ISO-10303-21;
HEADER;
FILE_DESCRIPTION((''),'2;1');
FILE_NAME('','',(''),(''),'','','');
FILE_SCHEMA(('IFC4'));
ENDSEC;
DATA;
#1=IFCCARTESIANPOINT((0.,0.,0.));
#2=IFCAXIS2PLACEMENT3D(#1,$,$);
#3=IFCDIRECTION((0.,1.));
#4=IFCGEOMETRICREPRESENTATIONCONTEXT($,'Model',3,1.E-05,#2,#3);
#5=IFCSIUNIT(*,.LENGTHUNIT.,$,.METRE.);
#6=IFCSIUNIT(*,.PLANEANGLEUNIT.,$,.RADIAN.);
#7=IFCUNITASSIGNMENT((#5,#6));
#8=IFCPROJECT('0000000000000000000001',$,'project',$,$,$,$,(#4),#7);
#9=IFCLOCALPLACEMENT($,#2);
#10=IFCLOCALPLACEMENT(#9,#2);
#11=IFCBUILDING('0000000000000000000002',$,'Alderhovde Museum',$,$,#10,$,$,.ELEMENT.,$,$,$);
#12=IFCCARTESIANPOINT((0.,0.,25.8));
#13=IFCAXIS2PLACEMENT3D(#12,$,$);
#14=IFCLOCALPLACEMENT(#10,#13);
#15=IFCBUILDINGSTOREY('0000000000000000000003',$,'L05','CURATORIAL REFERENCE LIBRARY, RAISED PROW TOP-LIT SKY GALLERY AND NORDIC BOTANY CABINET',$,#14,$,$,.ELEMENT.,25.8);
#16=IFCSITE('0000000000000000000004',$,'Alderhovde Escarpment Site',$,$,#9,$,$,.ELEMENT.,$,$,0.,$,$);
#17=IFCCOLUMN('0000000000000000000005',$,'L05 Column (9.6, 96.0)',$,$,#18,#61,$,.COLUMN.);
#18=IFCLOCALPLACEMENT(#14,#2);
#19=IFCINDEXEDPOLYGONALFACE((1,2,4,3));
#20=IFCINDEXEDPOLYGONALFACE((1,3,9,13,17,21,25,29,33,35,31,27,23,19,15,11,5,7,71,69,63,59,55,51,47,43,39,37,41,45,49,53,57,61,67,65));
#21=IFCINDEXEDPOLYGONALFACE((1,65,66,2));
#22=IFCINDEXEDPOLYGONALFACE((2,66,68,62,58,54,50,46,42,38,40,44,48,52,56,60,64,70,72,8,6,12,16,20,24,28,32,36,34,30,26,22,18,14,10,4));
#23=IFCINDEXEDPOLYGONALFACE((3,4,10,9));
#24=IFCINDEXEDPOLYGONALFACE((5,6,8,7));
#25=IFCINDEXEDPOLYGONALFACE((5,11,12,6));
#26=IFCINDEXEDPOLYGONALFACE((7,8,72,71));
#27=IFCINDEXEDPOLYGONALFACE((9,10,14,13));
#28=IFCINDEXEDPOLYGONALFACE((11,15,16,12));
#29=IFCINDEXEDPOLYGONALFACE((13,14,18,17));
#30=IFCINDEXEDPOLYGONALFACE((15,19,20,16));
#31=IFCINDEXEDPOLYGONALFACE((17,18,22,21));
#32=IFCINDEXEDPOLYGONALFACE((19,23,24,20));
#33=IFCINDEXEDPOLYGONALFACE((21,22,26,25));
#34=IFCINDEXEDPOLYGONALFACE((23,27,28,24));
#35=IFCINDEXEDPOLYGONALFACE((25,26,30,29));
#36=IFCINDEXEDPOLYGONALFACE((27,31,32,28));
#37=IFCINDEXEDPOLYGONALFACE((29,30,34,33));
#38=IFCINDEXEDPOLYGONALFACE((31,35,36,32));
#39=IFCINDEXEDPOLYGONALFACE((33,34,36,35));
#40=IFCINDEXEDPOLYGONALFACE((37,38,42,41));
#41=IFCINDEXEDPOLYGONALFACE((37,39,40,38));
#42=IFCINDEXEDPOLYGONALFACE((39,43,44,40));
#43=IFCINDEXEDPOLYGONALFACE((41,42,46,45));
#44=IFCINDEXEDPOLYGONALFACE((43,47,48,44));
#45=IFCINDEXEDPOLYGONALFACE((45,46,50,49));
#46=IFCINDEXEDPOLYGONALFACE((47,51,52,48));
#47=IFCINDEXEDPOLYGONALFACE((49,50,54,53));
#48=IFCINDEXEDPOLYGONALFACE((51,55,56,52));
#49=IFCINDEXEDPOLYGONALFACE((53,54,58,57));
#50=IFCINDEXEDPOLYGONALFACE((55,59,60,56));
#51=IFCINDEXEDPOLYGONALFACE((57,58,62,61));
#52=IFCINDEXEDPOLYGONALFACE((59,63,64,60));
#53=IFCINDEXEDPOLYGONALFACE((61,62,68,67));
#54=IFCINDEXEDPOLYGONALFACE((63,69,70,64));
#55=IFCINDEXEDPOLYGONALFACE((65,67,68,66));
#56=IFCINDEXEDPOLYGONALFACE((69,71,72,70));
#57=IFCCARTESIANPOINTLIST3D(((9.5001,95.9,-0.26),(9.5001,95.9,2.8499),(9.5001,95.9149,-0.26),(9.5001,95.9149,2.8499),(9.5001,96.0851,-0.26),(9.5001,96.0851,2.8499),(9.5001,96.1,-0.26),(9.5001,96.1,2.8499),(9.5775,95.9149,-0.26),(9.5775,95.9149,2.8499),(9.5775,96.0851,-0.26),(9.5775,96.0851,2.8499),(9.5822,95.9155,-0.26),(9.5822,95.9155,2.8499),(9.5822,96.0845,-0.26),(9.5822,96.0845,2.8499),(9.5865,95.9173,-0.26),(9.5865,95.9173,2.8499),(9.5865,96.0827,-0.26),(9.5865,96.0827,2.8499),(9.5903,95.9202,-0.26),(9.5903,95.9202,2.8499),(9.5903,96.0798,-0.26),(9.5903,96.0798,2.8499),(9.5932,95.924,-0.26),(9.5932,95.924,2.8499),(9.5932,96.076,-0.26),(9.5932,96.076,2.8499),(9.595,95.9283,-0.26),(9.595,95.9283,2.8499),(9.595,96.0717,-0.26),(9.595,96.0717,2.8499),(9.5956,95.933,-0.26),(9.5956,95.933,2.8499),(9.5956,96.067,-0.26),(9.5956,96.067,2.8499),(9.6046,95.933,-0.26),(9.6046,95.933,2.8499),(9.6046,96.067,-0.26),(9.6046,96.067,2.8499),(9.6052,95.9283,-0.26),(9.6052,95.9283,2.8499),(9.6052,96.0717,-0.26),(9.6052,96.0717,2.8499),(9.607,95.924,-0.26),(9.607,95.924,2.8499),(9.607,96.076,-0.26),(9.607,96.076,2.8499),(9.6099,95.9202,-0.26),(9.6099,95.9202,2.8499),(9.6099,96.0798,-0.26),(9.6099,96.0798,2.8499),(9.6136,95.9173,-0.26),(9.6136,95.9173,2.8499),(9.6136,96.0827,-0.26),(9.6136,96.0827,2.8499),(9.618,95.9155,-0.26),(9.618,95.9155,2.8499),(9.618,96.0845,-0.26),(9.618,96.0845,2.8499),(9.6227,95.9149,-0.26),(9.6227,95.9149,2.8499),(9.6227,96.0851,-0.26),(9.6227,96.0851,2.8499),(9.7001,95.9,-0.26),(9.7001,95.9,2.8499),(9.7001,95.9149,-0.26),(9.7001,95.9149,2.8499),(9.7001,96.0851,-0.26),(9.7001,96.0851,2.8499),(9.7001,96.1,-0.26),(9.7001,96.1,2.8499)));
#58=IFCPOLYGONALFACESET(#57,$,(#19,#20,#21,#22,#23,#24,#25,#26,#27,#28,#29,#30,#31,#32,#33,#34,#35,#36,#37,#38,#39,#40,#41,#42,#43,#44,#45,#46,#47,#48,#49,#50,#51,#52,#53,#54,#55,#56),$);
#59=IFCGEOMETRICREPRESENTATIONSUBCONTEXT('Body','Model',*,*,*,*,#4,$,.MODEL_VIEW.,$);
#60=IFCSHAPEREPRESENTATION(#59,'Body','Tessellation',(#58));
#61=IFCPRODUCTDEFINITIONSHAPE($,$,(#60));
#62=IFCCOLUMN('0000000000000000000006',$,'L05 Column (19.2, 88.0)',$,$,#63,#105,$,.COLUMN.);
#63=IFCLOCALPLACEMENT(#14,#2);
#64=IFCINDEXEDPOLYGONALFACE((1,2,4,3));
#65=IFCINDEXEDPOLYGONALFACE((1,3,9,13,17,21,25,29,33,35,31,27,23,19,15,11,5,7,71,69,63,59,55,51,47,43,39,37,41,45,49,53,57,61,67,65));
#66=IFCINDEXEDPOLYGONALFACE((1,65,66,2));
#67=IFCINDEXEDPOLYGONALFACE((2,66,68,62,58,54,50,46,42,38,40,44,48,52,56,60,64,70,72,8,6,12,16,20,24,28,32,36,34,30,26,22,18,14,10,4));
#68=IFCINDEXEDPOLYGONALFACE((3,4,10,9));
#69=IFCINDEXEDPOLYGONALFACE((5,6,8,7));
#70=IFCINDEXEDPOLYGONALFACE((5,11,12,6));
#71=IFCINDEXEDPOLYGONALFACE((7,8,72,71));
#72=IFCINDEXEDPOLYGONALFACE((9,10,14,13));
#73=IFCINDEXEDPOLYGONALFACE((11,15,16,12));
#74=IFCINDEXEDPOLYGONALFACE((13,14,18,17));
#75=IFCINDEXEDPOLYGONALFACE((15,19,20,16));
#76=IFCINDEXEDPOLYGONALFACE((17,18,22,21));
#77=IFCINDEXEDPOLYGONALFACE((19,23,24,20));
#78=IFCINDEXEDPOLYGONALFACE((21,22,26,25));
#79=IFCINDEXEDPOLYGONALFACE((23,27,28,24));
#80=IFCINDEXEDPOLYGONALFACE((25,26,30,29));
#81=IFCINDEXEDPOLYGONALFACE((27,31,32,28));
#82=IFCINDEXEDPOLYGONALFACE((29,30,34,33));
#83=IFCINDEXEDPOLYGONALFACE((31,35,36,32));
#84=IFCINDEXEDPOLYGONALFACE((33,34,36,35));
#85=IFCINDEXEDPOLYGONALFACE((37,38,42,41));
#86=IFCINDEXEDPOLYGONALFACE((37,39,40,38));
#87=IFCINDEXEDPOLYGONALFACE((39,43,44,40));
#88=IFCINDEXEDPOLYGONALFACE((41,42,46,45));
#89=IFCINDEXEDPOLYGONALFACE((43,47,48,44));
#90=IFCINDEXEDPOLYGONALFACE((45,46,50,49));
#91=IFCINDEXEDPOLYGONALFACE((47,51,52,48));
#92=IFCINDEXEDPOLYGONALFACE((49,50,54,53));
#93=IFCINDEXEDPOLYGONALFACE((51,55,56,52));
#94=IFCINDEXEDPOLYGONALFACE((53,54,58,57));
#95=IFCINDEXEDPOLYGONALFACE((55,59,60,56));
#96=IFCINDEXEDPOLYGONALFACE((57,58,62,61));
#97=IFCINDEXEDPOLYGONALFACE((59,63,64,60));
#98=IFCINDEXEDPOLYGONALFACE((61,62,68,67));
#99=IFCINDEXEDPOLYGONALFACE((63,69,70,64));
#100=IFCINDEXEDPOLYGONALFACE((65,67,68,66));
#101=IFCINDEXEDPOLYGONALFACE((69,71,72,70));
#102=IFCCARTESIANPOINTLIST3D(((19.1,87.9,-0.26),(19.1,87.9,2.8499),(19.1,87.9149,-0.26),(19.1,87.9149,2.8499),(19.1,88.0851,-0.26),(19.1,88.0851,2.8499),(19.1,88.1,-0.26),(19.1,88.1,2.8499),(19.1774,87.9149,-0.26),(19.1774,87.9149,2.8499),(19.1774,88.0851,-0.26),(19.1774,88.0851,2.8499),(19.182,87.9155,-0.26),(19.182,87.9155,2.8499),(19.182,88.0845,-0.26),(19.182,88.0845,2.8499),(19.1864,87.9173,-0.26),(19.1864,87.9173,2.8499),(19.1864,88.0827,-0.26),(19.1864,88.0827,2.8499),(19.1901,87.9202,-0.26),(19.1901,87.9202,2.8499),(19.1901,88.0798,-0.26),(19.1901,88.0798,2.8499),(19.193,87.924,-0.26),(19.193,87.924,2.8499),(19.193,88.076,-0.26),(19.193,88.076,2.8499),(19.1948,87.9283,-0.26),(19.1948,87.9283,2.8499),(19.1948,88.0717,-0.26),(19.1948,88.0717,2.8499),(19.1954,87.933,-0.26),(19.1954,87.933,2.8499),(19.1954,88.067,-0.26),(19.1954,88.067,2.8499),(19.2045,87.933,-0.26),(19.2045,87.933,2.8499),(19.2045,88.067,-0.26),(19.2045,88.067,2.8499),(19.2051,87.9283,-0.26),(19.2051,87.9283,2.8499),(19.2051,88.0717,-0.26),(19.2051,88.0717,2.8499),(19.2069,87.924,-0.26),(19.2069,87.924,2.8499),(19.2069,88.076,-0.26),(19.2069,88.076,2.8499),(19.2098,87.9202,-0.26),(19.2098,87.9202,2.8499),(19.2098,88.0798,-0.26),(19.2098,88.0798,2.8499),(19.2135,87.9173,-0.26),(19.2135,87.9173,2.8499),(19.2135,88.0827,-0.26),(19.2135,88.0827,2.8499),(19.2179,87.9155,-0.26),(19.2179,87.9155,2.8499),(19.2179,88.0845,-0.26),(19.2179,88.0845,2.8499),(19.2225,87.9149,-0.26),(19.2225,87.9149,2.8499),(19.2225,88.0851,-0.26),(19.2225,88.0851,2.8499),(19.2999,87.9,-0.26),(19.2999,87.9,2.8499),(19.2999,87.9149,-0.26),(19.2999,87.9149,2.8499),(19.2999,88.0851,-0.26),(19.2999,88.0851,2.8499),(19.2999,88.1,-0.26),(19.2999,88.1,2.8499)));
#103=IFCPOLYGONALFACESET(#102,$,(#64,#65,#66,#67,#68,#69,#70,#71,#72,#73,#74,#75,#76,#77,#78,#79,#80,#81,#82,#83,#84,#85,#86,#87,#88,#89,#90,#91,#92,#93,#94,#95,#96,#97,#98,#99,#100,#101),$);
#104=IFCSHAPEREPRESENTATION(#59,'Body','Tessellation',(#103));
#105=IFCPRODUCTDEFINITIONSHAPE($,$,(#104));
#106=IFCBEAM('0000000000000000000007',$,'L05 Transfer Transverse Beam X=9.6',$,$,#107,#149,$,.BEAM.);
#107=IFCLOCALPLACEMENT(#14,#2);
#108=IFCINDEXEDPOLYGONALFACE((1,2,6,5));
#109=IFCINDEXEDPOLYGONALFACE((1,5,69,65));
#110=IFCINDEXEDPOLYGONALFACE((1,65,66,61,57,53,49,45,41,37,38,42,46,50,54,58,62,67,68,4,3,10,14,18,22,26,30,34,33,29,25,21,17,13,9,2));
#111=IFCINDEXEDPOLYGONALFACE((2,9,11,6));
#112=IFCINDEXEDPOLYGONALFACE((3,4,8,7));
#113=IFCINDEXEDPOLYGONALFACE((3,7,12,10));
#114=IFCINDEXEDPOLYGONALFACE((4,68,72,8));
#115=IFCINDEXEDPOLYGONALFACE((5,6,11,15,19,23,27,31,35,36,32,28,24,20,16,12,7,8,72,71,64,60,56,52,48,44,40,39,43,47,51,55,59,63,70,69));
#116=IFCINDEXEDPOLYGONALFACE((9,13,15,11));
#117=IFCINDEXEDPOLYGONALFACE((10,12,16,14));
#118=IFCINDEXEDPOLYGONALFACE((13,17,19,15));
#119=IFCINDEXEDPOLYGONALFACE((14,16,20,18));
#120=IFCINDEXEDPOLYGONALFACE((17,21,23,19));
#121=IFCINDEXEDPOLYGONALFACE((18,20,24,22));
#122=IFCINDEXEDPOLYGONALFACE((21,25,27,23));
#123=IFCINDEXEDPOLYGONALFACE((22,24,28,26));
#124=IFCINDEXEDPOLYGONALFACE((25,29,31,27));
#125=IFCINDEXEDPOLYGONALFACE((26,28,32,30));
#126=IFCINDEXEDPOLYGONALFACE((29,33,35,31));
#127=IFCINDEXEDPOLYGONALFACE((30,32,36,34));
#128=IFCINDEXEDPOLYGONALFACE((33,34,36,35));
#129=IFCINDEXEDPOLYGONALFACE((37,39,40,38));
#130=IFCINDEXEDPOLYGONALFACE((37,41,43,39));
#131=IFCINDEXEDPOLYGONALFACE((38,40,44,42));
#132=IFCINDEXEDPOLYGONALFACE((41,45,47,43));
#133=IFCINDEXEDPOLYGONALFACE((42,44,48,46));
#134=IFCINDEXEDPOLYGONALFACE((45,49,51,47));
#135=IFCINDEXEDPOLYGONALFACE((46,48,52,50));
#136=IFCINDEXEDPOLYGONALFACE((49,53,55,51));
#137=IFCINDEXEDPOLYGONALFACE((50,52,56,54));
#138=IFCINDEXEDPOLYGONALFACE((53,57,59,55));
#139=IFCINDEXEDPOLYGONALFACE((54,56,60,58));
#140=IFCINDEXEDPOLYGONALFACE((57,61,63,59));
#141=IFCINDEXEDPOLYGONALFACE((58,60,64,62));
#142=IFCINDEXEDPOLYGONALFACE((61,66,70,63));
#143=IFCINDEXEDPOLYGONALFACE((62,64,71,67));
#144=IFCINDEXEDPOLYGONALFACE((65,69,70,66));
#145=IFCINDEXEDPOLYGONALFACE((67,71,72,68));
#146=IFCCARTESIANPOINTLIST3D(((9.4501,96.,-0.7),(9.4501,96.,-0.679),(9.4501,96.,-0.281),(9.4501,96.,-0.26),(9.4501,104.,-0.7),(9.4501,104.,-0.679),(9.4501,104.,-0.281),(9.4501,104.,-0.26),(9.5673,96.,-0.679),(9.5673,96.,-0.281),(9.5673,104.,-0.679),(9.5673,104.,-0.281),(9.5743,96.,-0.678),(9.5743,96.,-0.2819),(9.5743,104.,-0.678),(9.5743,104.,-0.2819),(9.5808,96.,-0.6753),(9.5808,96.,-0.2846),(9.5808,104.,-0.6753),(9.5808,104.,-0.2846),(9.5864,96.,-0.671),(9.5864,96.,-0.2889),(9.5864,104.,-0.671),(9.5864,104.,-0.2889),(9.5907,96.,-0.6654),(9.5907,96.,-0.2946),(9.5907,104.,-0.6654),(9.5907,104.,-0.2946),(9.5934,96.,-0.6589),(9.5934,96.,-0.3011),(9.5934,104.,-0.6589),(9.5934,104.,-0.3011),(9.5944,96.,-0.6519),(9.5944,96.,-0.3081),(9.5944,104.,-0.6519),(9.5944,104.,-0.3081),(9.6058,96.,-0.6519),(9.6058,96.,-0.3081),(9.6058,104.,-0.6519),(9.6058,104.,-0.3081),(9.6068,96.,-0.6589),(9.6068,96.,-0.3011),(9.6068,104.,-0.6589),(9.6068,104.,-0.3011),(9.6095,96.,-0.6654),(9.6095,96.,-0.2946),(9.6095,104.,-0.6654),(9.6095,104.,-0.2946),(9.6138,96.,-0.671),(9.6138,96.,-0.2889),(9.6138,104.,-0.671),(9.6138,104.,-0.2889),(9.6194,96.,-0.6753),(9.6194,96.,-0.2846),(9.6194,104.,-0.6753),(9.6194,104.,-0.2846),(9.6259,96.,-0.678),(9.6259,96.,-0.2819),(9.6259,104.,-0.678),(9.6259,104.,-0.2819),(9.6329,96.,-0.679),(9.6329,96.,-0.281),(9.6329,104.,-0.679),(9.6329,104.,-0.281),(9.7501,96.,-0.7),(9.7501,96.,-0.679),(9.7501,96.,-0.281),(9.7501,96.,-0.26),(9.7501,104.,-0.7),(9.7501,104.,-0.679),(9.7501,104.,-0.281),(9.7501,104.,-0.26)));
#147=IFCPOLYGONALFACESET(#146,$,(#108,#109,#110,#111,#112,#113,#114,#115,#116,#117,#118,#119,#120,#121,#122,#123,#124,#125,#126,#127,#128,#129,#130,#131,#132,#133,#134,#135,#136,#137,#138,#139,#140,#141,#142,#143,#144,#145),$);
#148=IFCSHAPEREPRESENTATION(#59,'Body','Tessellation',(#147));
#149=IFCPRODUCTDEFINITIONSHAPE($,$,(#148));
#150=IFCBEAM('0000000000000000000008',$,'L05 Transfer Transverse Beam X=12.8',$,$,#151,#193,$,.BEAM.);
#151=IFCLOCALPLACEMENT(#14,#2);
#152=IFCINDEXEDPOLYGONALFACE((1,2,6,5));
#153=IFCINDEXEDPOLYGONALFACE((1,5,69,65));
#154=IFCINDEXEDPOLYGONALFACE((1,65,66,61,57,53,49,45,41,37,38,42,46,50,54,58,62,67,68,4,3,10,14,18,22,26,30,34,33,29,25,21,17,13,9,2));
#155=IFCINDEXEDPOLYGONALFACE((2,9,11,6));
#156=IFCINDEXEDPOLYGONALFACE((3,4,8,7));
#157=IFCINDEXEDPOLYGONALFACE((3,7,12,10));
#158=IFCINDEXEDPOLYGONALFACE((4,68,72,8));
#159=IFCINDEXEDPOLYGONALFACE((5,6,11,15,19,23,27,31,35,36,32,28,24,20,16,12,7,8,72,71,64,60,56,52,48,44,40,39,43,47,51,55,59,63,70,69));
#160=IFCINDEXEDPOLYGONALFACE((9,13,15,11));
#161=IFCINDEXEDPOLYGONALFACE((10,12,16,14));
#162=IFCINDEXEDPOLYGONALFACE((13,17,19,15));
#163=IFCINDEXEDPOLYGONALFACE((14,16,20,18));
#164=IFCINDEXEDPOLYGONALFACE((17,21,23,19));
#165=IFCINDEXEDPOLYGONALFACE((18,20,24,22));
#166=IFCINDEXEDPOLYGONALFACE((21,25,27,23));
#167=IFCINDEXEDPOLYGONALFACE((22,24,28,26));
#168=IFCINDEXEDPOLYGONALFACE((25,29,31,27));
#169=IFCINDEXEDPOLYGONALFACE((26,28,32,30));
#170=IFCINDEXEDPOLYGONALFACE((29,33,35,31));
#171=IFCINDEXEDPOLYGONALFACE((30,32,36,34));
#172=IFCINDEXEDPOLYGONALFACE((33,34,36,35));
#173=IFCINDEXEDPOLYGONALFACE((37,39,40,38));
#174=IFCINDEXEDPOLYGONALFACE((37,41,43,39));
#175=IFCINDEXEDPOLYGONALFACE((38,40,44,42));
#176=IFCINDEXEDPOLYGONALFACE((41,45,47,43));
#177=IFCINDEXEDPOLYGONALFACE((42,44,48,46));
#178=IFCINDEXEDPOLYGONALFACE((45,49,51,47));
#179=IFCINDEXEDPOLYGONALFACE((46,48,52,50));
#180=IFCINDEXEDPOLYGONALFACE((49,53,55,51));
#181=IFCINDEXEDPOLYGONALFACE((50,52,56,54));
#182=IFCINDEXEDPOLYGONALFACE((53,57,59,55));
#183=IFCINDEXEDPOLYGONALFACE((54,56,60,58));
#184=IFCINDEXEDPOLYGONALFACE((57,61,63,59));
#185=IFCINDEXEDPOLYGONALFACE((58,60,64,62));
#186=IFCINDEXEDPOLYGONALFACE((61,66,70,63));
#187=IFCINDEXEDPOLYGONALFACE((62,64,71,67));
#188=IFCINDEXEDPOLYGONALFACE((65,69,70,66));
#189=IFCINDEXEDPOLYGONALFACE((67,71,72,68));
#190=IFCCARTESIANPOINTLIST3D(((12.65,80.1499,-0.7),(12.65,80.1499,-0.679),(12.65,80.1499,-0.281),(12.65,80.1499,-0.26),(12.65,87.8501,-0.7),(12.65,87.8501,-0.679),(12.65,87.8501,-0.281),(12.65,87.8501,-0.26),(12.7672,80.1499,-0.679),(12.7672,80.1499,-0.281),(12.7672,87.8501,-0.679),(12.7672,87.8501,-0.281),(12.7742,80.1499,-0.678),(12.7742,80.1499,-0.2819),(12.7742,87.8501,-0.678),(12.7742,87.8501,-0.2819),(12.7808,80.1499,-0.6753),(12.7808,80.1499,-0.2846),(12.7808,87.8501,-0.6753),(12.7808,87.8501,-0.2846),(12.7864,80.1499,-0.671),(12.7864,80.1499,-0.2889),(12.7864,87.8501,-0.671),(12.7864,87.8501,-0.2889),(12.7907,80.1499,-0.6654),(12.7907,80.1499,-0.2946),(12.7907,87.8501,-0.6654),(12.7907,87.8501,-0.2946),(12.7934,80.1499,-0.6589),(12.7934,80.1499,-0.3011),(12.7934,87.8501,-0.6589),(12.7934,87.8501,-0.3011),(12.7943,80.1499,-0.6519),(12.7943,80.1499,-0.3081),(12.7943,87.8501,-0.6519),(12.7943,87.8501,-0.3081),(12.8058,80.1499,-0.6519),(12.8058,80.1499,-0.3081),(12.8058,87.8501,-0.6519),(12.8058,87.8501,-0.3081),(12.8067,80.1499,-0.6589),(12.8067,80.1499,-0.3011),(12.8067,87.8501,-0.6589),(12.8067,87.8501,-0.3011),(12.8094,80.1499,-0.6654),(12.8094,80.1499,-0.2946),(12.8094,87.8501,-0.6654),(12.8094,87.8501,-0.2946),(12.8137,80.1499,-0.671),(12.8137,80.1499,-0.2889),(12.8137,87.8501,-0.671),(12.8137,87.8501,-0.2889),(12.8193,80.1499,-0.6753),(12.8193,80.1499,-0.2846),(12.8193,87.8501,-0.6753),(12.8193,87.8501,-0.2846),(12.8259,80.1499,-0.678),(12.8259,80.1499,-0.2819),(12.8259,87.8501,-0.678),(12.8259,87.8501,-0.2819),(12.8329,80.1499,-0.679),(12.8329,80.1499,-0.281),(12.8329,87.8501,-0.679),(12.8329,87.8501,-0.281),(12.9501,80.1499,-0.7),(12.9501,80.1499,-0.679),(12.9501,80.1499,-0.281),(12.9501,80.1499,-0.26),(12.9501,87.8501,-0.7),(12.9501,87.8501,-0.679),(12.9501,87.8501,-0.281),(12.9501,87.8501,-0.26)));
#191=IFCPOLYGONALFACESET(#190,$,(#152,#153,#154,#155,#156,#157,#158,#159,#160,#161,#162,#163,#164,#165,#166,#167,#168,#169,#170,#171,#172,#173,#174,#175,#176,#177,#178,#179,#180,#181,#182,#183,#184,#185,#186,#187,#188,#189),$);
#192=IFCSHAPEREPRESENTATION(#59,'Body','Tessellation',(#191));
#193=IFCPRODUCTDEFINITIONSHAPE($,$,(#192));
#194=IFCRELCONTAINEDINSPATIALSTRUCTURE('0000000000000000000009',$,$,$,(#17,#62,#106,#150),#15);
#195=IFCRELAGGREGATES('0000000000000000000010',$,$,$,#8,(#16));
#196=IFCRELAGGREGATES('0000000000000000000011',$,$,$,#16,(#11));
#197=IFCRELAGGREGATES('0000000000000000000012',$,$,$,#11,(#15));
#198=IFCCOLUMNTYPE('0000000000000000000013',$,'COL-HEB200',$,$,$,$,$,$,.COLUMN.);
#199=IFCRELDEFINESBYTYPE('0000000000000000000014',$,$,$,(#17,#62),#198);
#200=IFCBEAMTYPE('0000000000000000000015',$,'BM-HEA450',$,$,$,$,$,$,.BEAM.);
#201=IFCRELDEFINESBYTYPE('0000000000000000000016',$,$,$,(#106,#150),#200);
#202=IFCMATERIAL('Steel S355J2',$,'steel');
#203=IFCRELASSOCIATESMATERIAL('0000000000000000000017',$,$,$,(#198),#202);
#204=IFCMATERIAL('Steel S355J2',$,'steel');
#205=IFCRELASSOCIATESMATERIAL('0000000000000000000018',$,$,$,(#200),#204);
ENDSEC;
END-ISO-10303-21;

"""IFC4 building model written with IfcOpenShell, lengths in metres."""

from ifc_helpers import new_model, si_unit, direction, frame, origin, origin_2d, place, context, subcontext, project, spatial, i_section, extrude, material, material_profile, profile_set, type_object, element, save


model = new_model("IFC4")

# Units and contexts
model_context = context("Model", 3, precision=1e-05, world=origin(), true_north=direction((0.0, 1.0)))
body_context = subcontext(model_context, "Body", "Model", "MODEL_VIEW")
ifc_project = project(units=[si_unit("LENGTHUNIT", "METRE"), si_unit("PLANEANGLEUNIT", "RADIAN")], contexts=[model_context])

# Site, building, storey
site_placement = place(None, origin())
site = spatial("IfcSite", under=ifc_project, at=site_placement, Name="Alderhovde Escarpment Site", CompositionType="ELEMENT", RefElevation=0.0)
building_placement = place(site_placement, origin())
building = spatial("IfcBuilding", under=site, at=building_placement, Name="Alderhovde Museum", CompositionType="ELEMENT")
storey_placement = place(building_placement, frame((0.0, 0.0, 25.8)))
storey = spatial("IfcBuildingStorey", under=building, at=storey_placement, Name="L05", Description="CURATORIAL REFERENCE LIBRARY, RAISED PROW TOP-LIT SKY GALLERY AND NORDIC BOTANY CABINET", CompositionType="ELEMENT", Elevation=25.8)

# Columns
ifc_material_1 = material(Name="Steel S355J2", Category="steel")
ifc_material_profile_1 = material_profile(ifc_material_1, i_section(OverallWidth=0.2, OverallDepth=0.2, WebThickness=0.009, FlangeThickness=0.0149, FilletRadius=0.0181, at=origin_2d()), Name="HEB 200")
ifc_profile_set_1 = profile_set([ifc_material_profile_1], Name="Steel S355J2")
column_type_1 = type_object("IfcColumnType", Name="COL-HEB200", PredefinedType="COLUMN", material=ifc_profile_set_1)
for number, where, z_axis, x_axis, name in (
    (1, (9.6001, 96.0, -0.26), (0.0, 0.0, 1.0), (1.0, 0.0, 0.0), "L05 Column (9.6, 96.0)"),
    (2, (19.2, 88.0, -0.26), (0.0, 0.0, 1.0), (1.0, 0.0, 0.0), "L05 Column (19.2, 88.0)"),
):
    element("IfcColumn", number, at=place(storey_placement, frame(where, z_axis=z_axis, x_axis=x_axis)), inside=storey, type_object=column_type_1, Name=name, PredefinedType="COLUMN", context=body_context, shape_type="SweptSolid", body=[
        extrude(i_section(OverallWidth=0.2, OverallDepth=0.2, WebThickness=0.009, FlangeThickness=0.0149, FilletRadius=0.0181, at=origin_2d()), origin(), (0.0, 0.0, 1.0), 3.1099),
    ])

# Beams
ifc_material_2 = material(Name="Steel S355J2", Category="steel")
ifc_material_profile_2 = material_profile(ifc_material_2, i_section(OverallWidth=0.3, OverallDepth=0.4399, WebThickness=0.0115, FlangeThickness=0.021, FilletRadius=0.0271, at=origin_2d()), Name="HEA 450")
ifc_profile_set_2 = profile_set([ifc_material_profile_2], Name="Steel S355J2")
beam_type = type_object("IfcBeamType", Name="BM-HEA450", PredefinedType="BEAM", material=ifc_profile_set_2)
beam_placement = place(storey_placement, frame((9.6001, 96.0, -0.48), z_axis=(0.0, 1.0, 0.0), x_axis=(-1.0, 0.0, 0.0)))
element("IfcBeam", 3, at=beam_placement, inside=storey, type_object=beam_type, Name="L05 Transfer Transverse Beam X=9.6", PredefinedType="BEAM", context=body_context, shape_type="SweptSolid", body=[
    extrude(i_section(OverallWidth=0.3, OverallDepth=0.4399, WebThickness=0.0115, FlangeThickness=0.021, FilletRadius=0.0271, at=origin_2d()), origin(), (0.0, 0.0, 1.0), 8.0),
])
for number, where, z_axis, x_axis, name in (
    (4, (12.8, 80.1499, -0.48), (0.0, 1.0, 0.0), (-1.0, 0.0, 0.0), "L05 Transfer Transverse Beam X=12.8"),
):
    element("IfcBeam", number, at=place(storey_placement, frame(where, z_axis=z_axis, x_axis=x_axis)), inside=storey, type_object=beam_type, Name=name, PredefinedType="BEAM", context=body_context, shape_type="SweptSolid", body=[
        extrude(i_section(OverallWidth=0.3, OverallDepth=0.4399, WebThickness=0.0115, FlangeThickness=0.021, FilletRadius=0.0271, at=origin_2d()), origin(), (0.0, 0.0, 1.0), 7.7002),
    ])

save(model, "model.ifc")
